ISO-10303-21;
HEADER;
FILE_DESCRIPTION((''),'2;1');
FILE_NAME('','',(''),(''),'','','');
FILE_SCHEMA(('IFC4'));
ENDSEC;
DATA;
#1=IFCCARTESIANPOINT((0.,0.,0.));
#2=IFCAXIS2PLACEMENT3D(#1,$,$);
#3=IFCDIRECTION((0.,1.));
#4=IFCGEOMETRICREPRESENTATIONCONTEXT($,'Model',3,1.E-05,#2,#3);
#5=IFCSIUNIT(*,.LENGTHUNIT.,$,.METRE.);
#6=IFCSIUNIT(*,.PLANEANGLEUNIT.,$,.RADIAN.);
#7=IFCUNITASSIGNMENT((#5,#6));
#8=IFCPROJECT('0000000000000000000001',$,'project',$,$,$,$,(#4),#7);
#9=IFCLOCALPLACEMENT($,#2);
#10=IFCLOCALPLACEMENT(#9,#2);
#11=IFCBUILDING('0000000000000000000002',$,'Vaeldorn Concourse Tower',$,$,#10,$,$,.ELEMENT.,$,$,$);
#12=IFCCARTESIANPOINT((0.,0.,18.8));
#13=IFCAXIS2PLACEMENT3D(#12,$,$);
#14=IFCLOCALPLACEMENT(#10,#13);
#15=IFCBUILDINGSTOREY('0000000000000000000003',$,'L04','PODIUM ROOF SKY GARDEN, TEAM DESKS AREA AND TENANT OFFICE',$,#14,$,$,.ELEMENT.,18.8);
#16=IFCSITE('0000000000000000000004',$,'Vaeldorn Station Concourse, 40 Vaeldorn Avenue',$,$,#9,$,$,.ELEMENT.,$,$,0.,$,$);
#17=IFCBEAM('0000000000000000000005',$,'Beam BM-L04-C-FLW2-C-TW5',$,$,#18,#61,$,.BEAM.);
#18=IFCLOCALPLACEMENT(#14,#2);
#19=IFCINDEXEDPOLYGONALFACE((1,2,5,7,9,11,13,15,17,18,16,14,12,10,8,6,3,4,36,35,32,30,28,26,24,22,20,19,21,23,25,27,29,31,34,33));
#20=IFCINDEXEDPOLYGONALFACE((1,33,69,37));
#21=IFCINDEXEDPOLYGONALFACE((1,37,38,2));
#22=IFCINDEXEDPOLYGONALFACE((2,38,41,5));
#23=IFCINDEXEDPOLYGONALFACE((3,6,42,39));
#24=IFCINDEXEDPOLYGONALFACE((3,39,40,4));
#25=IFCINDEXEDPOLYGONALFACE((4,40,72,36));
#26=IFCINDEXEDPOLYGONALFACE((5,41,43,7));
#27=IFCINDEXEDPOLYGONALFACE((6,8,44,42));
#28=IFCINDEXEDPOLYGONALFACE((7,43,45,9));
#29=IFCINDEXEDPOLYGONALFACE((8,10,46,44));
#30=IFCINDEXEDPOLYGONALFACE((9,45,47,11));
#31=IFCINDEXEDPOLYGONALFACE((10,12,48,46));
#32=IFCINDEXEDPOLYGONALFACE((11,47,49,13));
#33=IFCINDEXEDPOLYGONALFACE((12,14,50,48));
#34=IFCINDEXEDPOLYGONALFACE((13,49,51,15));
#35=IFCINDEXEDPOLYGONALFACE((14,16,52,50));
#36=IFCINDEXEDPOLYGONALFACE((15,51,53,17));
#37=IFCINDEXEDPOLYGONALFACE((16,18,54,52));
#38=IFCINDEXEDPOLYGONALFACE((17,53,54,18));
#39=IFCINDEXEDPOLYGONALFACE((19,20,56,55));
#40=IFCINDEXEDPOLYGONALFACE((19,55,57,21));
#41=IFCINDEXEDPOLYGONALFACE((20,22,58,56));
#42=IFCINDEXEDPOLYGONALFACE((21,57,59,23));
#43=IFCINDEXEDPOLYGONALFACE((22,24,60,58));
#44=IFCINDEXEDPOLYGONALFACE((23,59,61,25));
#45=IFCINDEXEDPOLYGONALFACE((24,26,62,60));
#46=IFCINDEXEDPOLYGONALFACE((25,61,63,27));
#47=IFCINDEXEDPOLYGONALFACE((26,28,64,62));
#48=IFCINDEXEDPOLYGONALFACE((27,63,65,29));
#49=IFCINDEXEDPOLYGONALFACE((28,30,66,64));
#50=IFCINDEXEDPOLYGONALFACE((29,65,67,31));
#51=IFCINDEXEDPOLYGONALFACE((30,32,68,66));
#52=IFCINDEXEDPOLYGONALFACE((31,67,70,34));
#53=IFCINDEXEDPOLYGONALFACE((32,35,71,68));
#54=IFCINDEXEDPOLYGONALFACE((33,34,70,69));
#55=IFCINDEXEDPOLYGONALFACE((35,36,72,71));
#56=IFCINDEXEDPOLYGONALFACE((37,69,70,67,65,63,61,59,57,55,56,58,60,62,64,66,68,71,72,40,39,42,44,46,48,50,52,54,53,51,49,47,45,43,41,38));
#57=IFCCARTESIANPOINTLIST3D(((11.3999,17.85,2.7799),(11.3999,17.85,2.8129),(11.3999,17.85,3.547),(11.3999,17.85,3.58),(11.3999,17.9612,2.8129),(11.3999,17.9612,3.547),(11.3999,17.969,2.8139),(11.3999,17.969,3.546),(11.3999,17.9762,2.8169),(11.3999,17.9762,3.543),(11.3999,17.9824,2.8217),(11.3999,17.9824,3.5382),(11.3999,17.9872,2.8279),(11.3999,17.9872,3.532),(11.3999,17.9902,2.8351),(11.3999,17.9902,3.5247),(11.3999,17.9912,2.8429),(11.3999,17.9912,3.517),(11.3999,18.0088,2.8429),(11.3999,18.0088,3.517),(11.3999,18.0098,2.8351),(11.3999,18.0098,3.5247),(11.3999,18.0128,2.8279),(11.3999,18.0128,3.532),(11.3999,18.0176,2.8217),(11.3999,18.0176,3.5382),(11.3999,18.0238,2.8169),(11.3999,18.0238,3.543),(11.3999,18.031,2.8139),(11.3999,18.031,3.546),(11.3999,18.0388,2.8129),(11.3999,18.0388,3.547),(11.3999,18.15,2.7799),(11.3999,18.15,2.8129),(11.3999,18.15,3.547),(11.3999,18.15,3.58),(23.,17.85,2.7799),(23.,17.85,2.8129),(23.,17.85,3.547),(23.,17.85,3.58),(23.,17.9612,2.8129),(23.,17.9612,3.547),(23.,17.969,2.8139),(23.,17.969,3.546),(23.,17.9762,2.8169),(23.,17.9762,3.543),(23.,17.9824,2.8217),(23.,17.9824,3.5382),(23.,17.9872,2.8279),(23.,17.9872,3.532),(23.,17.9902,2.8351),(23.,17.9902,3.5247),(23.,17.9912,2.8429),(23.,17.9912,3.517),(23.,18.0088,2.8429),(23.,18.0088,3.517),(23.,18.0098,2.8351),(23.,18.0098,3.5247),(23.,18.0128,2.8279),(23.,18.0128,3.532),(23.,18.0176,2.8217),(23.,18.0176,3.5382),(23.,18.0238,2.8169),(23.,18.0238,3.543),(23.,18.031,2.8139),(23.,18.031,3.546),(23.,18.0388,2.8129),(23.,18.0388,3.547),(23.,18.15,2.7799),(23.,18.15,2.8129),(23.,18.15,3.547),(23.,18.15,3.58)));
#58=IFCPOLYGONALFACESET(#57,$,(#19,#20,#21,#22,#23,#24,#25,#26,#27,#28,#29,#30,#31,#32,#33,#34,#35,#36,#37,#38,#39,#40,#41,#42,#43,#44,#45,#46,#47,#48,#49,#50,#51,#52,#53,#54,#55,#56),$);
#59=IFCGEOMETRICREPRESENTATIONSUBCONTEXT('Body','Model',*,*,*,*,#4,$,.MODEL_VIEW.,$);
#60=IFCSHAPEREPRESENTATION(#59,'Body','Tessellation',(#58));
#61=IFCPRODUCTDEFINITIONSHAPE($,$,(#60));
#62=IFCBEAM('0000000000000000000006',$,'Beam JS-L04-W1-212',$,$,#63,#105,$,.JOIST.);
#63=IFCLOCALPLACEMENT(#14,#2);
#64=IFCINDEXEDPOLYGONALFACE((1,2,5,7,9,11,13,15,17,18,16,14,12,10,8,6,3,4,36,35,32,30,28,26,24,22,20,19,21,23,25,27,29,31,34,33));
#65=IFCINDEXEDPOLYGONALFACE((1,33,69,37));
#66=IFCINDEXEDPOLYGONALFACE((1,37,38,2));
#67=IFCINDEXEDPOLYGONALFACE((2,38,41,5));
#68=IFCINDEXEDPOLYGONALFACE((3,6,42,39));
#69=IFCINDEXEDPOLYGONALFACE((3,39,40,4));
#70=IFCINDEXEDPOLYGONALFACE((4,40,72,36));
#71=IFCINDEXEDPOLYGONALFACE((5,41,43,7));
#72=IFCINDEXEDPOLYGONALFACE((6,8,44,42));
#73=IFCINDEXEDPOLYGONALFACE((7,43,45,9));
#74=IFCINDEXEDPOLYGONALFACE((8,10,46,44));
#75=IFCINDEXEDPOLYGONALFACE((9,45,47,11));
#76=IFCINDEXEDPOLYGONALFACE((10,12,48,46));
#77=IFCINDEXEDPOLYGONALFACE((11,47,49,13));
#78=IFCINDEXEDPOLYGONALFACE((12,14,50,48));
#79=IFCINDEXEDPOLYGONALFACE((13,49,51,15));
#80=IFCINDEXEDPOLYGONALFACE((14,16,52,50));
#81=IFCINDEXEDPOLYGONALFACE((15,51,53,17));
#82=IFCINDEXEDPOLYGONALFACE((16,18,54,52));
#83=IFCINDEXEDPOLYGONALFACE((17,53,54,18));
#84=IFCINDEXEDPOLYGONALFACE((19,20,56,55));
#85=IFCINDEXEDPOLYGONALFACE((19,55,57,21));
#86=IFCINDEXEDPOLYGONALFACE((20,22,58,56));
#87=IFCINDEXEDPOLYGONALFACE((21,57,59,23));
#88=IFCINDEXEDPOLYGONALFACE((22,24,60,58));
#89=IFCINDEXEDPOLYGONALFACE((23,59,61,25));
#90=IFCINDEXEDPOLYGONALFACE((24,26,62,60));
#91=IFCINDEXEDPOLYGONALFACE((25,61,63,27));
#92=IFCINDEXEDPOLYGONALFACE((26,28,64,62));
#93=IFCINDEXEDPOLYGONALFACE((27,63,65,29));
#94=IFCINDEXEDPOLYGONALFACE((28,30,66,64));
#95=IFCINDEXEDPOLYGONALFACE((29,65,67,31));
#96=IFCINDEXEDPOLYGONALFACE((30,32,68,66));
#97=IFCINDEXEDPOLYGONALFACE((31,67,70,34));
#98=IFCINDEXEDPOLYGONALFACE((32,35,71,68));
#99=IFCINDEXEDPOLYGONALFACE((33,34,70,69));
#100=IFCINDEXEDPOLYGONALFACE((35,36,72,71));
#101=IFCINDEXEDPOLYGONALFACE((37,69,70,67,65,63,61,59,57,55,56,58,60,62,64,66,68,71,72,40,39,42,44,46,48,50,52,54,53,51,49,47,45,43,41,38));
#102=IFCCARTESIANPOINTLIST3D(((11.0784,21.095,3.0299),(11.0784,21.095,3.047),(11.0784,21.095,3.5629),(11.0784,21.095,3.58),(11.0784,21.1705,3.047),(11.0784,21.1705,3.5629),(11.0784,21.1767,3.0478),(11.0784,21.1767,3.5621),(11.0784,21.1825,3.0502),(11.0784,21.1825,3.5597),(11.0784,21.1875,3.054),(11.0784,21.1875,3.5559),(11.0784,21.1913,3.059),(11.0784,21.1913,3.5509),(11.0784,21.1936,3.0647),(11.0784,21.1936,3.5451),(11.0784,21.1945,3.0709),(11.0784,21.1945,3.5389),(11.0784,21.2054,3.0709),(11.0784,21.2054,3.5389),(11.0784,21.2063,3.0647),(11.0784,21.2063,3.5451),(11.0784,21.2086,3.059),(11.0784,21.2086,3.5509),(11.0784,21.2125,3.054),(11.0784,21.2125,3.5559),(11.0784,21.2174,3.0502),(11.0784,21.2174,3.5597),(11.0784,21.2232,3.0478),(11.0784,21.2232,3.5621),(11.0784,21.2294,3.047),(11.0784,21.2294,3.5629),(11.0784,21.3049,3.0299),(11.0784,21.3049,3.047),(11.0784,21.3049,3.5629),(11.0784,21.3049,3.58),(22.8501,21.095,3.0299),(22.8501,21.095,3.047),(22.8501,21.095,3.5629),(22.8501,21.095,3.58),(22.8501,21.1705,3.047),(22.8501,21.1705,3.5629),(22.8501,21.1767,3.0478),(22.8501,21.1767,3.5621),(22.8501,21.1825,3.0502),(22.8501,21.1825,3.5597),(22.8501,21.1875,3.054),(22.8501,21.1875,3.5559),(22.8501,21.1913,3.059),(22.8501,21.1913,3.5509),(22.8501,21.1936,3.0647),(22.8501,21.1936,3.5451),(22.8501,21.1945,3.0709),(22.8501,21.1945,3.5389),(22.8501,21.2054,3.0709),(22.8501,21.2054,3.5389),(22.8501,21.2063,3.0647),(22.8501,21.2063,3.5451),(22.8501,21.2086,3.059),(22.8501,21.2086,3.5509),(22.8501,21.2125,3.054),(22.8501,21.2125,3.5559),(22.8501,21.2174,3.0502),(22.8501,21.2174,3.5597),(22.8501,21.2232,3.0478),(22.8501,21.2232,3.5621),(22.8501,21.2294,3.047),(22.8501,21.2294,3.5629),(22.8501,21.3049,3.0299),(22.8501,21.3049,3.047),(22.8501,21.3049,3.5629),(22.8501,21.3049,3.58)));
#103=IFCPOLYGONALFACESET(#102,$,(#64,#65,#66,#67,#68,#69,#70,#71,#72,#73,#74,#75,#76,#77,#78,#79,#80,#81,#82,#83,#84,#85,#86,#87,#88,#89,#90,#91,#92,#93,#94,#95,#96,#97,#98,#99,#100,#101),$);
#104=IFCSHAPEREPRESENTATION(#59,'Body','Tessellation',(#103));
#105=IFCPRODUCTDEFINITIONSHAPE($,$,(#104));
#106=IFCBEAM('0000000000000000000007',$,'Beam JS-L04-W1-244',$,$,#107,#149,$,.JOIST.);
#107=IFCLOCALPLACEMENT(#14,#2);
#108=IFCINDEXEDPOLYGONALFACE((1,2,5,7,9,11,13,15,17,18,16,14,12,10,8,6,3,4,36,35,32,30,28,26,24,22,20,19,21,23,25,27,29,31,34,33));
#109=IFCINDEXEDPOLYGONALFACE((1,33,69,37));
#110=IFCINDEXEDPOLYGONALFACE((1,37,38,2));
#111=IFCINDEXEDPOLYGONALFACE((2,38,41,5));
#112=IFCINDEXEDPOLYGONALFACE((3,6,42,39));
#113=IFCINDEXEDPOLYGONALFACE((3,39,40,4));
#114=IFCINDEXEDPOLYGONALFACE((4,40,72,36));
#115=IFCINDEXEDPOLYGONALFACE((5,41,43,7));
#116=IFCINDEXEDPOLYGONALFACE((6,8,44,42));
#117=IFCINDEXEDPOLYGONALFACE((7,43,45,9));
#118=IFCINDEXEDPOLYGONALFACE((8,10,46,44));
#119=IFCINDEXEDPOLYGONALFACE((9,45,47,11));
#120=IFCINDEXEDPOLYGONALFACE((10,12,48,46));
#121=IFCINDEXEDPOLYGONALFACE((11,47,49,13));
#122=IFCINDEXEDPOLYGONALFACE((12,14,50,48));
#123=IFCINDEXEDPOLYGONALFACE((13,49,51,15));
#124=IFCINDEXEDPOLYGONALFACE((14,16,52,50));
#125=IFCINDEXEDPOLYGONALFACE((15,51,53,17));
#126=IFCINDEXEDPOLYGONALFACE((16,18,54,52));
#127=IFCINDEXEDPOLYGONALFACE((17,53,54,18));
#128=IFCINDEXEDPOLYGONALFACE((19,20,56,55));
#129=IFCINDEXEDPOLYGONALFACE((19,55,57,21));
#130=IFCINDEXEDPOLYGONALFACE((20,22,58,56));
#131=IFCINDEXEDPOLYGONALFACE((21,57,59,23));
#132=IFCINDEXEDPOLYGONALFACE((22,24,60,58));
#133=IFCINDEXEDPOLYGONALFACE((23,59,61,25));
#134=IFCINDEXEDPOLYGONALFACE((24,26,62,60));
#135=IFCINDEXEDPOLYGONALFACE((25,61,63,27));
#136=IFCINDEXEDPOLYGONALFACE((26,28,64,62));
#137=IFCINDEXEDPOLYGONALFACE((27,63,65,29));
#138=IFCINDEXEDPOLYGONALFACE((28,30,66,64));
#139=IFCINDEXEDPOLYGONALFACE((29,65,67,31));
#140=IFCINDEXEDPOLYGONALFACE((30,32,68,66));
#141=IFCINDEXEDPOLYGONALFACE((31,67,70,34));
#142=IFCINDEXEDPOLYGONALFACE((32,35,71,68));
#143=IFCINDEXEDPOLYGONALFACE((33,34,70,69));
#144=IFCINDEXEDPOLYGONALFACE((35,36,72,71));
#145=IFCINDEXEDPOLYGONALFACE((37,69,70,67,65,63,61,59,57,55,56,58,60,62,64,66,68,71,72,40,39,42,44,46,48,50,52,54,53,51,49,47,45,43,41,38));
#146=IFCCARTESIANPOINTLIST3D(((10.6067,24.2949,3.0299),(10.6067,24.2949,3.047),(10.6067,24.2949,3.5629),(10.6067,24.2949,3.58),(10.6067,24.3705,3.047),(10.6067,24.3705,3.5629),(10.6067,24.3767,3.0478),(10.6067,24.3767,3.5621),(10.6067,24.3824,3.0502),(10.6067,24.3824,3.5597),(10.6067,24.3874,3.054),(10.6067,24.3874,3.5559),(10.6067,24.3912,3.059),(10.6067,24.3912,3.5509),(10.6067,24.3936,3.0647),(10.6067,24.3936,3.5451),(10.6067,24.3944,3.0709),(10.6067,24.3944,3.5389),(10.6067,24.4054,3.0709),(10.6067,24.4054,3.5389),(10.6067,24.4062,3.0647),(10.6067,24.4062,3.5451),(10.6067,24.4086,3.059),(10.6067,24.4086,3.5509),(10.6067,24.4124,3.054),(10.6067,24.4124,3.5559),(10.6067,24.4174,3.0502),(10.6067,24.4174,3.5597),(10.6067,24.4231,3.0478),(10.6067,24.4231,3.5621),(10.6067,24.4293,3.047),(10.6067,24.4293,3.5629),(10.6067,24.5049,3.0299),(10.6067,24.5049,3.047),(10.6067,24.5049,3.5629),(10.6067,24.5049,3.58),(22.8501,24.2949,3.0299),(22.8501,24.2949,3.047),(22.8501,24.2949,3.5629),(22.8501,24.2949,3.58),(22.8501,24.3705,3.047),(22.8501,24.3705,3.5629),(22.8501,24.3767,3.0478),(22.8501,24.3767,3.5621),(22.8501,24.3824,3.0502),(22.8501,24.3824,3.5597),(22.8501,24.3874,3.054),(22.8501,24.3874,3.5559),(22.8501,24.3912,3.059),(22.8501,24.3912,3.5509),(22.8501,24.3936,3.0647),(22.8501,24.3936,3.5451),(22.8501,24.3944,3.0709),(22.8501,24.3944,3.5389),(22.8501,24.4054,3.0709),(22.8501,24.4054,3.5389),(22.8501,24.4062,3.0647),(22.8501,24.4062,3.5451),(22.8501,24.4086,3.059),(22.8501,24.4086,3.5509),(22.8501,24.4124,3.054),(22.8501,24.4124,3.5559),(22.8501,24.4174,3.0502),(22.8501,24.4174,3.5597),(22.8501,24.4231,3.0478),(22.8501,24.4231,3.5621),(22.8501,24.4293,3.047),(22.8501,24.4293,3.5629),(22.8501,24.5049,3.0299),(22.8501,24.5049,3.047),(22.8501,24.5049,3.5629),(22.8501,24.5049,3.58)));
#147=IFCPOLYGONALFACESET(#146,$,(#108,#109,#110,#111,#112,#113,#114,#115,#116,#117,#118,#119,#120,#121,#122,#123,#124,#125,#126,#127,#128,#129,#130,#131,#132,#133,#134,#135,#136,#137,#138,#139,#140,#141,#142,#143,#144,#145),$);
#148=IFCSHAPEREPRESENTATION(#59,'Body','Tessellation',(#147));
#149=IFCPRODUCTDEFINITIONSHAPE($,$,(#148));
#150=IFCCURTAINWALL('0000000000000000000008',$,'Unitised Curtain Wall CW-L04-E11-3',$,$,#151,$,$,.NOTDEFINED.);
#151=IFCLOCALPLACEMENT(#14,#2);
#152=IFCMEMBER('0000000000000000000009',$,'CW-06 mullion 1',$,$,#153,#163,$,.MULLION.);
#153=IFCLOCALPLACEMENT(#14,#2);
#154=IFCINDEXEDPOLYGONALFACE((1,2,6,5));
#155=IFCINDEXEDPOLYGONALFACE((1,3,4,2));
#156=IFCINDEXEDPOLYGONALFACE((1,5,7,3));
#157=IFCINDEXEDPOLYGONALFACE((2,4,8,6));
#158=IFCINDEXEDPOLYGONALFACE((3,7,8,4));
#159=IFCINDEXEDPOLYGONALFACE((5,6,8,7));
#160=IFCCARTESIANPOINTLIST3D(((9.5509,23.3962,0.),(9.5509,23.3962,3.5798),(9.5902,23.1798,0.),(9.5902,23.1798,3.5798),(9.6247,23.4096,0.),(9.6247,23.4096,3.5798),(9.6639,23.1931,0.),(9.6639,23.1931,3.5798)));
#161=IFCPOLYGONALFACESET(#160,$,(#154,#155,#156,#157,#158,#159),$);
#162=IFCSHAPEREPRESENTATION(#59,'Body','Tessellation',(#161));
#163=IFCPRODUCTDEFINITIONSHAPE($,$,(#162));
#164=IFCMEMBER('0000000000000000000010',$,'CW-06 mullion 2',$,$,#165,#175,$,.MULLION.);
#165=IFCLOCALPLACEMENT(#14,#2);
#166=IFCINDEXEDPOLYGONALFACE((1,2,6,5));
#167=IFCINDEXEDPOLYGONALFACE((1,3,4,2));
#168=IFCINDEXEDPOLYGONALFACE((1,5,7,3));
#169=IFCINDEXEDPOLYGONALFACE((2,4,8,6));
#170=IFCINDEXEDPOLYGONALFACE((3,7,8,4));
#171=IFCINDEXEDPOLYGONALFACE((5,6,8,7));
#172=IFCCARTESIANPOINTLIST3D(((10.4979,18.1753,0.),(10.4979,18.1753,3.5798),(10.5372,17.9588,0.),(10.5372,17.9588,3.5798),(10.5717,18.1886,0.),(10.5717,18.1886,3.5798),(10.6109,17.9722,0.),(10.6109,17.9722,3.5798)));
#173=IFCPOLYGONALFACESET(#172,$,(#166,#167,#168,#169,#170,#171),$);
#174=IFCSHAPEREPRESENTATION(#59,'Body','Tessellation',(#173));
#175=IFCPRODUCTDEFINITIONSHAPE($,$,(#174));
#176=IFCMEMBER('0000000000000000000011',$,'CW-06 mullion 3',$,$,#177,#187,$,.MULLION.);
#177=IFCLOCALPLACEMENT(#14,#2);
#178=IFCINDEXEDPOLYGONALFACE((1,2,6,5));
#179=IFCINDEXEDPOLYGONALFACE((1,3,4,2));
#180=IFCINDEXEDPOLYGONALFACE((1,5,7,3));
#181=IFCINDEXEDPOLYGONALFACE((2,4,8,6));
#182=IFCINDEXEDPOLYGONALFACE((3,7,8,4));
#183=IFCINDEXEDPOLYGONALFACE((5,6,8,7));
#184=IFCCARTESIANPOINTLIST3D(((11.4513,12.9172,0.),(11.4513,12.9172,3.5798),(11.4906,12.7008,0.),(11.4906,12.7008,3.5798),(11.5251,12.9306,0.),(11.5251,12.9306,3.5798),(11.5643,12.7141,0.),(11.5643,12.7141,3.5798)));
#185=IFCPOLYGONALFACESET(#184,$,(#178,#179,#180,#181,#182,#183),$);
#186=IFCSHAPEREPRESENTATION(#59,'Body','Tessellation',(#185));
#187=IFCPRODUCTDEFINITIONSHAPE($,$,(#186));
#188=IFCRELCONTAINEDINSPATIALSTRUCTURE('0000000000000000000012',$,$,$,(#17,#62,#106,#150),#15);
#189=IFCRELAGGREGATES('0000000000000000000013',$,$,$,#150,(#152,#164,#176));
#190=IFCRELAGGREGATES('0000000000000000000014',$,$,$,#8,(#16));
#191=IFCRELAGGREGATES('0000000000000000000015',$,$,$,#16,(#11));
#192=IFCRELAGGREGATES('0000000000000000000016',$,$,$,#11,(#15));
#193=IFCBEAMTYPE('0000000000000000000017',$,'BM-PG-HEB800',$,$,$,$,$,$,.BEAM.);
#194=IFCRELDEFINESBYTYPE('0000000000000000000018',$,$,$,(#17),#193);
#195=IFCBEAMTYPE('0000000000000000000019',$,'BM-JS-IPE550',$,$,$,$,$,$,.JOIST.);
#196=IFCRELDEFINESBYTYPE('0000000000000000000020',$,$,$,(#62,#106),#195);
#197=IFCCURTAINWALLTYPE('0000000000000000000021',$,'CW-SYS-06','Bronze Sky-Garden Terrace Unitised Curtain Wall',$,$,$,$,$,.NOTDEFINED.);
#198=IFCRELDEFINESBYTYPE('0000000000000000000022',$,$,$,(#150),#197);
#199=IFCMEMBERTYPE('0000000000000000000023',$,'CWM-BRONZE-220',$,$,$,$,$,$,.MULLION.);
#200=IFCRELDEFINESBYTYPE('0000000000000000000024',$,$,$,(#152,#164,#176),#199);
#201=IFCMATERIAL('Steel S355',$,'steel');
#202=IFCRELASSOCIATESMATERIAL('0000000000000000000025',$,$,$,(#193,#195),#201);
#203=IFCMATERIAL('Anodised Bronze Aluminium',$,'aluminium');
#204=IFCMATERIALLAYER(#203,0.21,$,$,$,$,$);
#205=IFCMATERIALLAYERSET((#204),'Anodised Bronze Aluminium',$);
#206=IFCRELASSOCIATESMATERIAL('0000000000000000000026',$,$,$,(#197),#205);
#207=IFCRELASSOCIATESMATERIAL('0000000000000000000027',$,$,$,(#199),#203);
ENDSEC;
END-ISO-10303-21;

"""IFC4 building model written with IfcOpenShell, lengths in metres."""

from ifc_helpers import new_model, si_unit, direction, frame, origin, origin_2d, place, context, subcontext, project, spatial, rectangle, i_section, extrude, source, transform, mapped, material, layer, layer_set, material_profile, profile_set, type_object, element, aggregate, save


model = new_model("IFC4")

# Units and contexts
model_context = context("Model", 3, precision=1e-05, world=origin(), true_north=direction((0.0, 1.0)))
body_context = subcontext(model_context, "Body", "Model", "MODEL_VIEW")
ifc_project = project(units=[si_unit("LENGTHUNIT", "METRE"), si_unit("PLANEANGLEUNIT", "RADIAN")], contexts=[model_context])

# Site, building, storey
site_placement = place(None, origin())
site = spatial("IfcSite", under=ifc_project, at=site_placement, Name="Vaeldorn Station Concourse, 40 Vaeldorn Avenue", CompositionType="ELEMENT", RefElevation=0.0)
building_placement = place(site_placement, origin())
building = spatial("IfcBuilding", under=site, at=building_placement, Name="Vaeldorn Concourse Tower", CompositionType="ELEMENT")
storey_placement = place(building_placement, frame((0.0, 0.0, 18.8)))
storey = spatial("IfcBuildingStorey", under=building, at=storey_placement, Name="L04", Description="PODIUM ROOF SKY GARDEN, TEAM DESKS AREA AND TENANT OFFICE", CompositionType="ELEMENT", Elevation=18.8)

# Beams
ifc_material_1 = material(Name="Steel S355", Category="steel")
ifc_material_profile_1 = material_profile(ifc_material_1, i_section(OverallWidth=0.3, OverallDepth=0.8, WebThickness=0.0176, FlangeThickness=0.033, FilletRadius=0.03, at=origin_2d()), Name="HEB 800")
ifc_profile_set_1 = profile_set([ifc_material_profile_1], Name="Steel S355")
beam_type_1 = type_object("IfcBeamType", Name="BM-PG-HEB800", PredefinedType="BEAM", material=ifc_profile_set_1)
shared_shape_1 = source(origin(), body_context, "Body", "SweptSolid", [
    extrude(i_section(OverallWidth=0.3, OverallDepth=0.8, WebThickness=0.0176, FlangeThickness=0.033, FilletRadius=0.03, at=origin_2d()), origin(), (0.0, 0.0, 1.0), 11.6001),
])
beam_1_placement = place(storey_placement, frame((11.3999, 18.0, 3.1799), z_axis=(1.0, 0.0, 0.0), x_axis=(0.0, 1.0, 0.0)))
element("IfcBeam", 1, at=beam_1_placement, inside=storey, type_object=beam_type_1, Name="Beam BM-L04-C-FLW2-C-TW5", PredefinedType="BEAM", context=body_context, shape_type="MappedRepresentation", body=[
    mapped(shared_shape_1, transform((0.0, 0.0, 0.0), scale=1.0)),
])
ifc_material_profile_2 = material_profile(ifc_material_1, i_section(OverallWidth=0.21, OverallDepth=0.55, WebThickness=0.011, FlangeThickness=0.0171, FilletRadius=0.0239, at=origin_2d()), Name="IPE 550")
ifc_profile_set_2 = profile_set([ifc_material_profile_2], Name="Steel S355")
beam_type_2 = type_object("IfcBeamType", Name="BM-JS-IPE550", PredefinedType="JOIST", material=ifc_profile_set_2)
shared_shape_2 = source(origin(), body_context, "Body", "SweptSolid", [
    extrude(i_section(OverallWidth=0.21, OverallDepth=0.55, WebThickness=0.011, FlangeThickness=0.0171, FilletRadius=0.0239, at=origin_2d()), origin(), (0.0, 0.0, 1.0), 11.7717),
])
beam_2_placement = place(storey_placement, frame((11.0784, 21.2, 3.3049), z_axis=(1.0, 0.0, 0.0), x_axis=(0.0, 1.0, 0.0)))
element("IfcBeam", 2, at=beam_2_placement, inside=storey, type_object=beam_type_2, Name="Beam JS-L04-W1-212", PredefinedType="JOIST", context=body_context, shape_type="MappedRepresentation", body=[
    mapped(shared_shape_2, transform((0.0, 0.0, 0.0), scale=1.0)),
])
shared_shape_3 = source(origin(), body_context, "Body", "SweptSolid", [
    extrude(i_section(OverallWidth=0.21, OverallDepth=0.55, WebThickness=0.011, FlangeThickness=0.0171, FilletRadius=0.0239, at=origin_2d()), origin(), (0.0, 0.0, 1.0), 12.2434),
])
beam_3_placement = place(storey_placement, frame((10.6067, 24.3999, 3.3049), z_axis=(1.0, 0.0, 0.0), x_axis=(0.0, 1.0, 0.0)))
element("IfcBeam", 3, at=beam_3_placement, inside=storey, type_object=beam_type_2, Name="Beam JS-L04-W1-244", PredefinedType="JOIST", context=body_context, shape_type="MappedRepresentation", body=[
    mapped(shared_shape_3, transform((0.0, 0.0, 0.0), scale=1.0)),
])

# Curtain wall, members
ifc_material_2 = material(Name="Anodised Bronze Aluminium", Category="aluminium")
ifc_layer_1 = layer(ifc_material_2, 0.21)
ifc_layer_set_1 = layer_set([ifc_layer_1], Name="Anodised Bronze Aluminium")
curtain_wall_type = type_object("IfcCurtainWallType", Name="CW-SYS-06", Description="Bronze Sky-Garden Terrace Unitised Curtain Wall", PredefinedType="NOTDEFINED", material=ifc_layer_set_1)
curtain_wall_placement = place(storey_placement, origin())
curtain_wall = element("IfcCurtainWall", 4, at=curtain_wall_placement, inside=storey, type_object=curtain_wall_type, Name="Unitised Curtain Wall CW-L04-E11-3", PredefinedType="NOTDEFINED")
ifc_material_profile_3 = material_profile(ifc_material_2, rectangle(XDim=0.075, YDim=0.22, at=origin_2d()), Name="CWM 75x220")
ifc_profile_set_3 = profile_set([ifc_material_profile_3], Name="Anodised Bronze Aluminium")
member_type_1 = type_object("IfcMemberType", Name="CWM-BRONZE-220", PredefinedType="MULLION", material=ifc_profile_set_3)
shared_shape_4 = source(origin(), body_context, "Body", "SweptSolid", [
    extrude(rectangle(XDim=0.075, YDim=0.22, at=origin_2d()), origin(), (0.0, 0.0, 1.0), 3.5798),
])
member_1_placement = place(storey_placement, frame((9.6074, 23.2947, 0.0), z_axis=(0.0, 0.0, 1.0), x_axis=(0.98395, 0.178446, 0.0)))
member_1 = element("IfcMember", 5, at=member_1_placement, type_object=member_type_1, Name="CW-06 mullion 1", PredefinedType="MULLION", context=body_context, shape_type="MappedRepresentation", body=[
    mapped(shared_shape_4, transform((0.0, 0.0, 0.0), scale=1.0)),
])
member_2_placement = place(storey_placement, frame((10.5544, 18.0737, 0.0), z_axis=(0.0, 0.0, 1.0), x_axis=(0.98395, 0.178446, 0.0)))
member_2 = element("IfcMember", 6, at=member_2_placement, type_object=member_type_1, Name="CW-06 mullion 2", PredefinedType="MULLION", context=body_context, shape_type="MappedRepresentation", body=[
    mapped(shared_shape_4, transform((0.0, 0.0, 0.0), scale=1.0)),
])
member_3_placement = place(storey_placement, frame((11.5078, 12.8157, 0.0), z_axis=(0.0, 0.0, 1.0), x_axis=(0.98395, 0.178446, 0.0)))
member_3 = element("IfcMember", 7, at=member_3_placement, type_object=member_type_1, Name="CW-06 mullion 3", PredefinedType="MULLION", context=body_context, shape_type="MappedRepresentation", body=[
    mapped(shared_shape_4, transform((0.0, 0.0, 0.0), scale=1.0)),
])
aggregate(curtain_wall, [member_1, member_2, member_3])

save(model, "model.ifc")
